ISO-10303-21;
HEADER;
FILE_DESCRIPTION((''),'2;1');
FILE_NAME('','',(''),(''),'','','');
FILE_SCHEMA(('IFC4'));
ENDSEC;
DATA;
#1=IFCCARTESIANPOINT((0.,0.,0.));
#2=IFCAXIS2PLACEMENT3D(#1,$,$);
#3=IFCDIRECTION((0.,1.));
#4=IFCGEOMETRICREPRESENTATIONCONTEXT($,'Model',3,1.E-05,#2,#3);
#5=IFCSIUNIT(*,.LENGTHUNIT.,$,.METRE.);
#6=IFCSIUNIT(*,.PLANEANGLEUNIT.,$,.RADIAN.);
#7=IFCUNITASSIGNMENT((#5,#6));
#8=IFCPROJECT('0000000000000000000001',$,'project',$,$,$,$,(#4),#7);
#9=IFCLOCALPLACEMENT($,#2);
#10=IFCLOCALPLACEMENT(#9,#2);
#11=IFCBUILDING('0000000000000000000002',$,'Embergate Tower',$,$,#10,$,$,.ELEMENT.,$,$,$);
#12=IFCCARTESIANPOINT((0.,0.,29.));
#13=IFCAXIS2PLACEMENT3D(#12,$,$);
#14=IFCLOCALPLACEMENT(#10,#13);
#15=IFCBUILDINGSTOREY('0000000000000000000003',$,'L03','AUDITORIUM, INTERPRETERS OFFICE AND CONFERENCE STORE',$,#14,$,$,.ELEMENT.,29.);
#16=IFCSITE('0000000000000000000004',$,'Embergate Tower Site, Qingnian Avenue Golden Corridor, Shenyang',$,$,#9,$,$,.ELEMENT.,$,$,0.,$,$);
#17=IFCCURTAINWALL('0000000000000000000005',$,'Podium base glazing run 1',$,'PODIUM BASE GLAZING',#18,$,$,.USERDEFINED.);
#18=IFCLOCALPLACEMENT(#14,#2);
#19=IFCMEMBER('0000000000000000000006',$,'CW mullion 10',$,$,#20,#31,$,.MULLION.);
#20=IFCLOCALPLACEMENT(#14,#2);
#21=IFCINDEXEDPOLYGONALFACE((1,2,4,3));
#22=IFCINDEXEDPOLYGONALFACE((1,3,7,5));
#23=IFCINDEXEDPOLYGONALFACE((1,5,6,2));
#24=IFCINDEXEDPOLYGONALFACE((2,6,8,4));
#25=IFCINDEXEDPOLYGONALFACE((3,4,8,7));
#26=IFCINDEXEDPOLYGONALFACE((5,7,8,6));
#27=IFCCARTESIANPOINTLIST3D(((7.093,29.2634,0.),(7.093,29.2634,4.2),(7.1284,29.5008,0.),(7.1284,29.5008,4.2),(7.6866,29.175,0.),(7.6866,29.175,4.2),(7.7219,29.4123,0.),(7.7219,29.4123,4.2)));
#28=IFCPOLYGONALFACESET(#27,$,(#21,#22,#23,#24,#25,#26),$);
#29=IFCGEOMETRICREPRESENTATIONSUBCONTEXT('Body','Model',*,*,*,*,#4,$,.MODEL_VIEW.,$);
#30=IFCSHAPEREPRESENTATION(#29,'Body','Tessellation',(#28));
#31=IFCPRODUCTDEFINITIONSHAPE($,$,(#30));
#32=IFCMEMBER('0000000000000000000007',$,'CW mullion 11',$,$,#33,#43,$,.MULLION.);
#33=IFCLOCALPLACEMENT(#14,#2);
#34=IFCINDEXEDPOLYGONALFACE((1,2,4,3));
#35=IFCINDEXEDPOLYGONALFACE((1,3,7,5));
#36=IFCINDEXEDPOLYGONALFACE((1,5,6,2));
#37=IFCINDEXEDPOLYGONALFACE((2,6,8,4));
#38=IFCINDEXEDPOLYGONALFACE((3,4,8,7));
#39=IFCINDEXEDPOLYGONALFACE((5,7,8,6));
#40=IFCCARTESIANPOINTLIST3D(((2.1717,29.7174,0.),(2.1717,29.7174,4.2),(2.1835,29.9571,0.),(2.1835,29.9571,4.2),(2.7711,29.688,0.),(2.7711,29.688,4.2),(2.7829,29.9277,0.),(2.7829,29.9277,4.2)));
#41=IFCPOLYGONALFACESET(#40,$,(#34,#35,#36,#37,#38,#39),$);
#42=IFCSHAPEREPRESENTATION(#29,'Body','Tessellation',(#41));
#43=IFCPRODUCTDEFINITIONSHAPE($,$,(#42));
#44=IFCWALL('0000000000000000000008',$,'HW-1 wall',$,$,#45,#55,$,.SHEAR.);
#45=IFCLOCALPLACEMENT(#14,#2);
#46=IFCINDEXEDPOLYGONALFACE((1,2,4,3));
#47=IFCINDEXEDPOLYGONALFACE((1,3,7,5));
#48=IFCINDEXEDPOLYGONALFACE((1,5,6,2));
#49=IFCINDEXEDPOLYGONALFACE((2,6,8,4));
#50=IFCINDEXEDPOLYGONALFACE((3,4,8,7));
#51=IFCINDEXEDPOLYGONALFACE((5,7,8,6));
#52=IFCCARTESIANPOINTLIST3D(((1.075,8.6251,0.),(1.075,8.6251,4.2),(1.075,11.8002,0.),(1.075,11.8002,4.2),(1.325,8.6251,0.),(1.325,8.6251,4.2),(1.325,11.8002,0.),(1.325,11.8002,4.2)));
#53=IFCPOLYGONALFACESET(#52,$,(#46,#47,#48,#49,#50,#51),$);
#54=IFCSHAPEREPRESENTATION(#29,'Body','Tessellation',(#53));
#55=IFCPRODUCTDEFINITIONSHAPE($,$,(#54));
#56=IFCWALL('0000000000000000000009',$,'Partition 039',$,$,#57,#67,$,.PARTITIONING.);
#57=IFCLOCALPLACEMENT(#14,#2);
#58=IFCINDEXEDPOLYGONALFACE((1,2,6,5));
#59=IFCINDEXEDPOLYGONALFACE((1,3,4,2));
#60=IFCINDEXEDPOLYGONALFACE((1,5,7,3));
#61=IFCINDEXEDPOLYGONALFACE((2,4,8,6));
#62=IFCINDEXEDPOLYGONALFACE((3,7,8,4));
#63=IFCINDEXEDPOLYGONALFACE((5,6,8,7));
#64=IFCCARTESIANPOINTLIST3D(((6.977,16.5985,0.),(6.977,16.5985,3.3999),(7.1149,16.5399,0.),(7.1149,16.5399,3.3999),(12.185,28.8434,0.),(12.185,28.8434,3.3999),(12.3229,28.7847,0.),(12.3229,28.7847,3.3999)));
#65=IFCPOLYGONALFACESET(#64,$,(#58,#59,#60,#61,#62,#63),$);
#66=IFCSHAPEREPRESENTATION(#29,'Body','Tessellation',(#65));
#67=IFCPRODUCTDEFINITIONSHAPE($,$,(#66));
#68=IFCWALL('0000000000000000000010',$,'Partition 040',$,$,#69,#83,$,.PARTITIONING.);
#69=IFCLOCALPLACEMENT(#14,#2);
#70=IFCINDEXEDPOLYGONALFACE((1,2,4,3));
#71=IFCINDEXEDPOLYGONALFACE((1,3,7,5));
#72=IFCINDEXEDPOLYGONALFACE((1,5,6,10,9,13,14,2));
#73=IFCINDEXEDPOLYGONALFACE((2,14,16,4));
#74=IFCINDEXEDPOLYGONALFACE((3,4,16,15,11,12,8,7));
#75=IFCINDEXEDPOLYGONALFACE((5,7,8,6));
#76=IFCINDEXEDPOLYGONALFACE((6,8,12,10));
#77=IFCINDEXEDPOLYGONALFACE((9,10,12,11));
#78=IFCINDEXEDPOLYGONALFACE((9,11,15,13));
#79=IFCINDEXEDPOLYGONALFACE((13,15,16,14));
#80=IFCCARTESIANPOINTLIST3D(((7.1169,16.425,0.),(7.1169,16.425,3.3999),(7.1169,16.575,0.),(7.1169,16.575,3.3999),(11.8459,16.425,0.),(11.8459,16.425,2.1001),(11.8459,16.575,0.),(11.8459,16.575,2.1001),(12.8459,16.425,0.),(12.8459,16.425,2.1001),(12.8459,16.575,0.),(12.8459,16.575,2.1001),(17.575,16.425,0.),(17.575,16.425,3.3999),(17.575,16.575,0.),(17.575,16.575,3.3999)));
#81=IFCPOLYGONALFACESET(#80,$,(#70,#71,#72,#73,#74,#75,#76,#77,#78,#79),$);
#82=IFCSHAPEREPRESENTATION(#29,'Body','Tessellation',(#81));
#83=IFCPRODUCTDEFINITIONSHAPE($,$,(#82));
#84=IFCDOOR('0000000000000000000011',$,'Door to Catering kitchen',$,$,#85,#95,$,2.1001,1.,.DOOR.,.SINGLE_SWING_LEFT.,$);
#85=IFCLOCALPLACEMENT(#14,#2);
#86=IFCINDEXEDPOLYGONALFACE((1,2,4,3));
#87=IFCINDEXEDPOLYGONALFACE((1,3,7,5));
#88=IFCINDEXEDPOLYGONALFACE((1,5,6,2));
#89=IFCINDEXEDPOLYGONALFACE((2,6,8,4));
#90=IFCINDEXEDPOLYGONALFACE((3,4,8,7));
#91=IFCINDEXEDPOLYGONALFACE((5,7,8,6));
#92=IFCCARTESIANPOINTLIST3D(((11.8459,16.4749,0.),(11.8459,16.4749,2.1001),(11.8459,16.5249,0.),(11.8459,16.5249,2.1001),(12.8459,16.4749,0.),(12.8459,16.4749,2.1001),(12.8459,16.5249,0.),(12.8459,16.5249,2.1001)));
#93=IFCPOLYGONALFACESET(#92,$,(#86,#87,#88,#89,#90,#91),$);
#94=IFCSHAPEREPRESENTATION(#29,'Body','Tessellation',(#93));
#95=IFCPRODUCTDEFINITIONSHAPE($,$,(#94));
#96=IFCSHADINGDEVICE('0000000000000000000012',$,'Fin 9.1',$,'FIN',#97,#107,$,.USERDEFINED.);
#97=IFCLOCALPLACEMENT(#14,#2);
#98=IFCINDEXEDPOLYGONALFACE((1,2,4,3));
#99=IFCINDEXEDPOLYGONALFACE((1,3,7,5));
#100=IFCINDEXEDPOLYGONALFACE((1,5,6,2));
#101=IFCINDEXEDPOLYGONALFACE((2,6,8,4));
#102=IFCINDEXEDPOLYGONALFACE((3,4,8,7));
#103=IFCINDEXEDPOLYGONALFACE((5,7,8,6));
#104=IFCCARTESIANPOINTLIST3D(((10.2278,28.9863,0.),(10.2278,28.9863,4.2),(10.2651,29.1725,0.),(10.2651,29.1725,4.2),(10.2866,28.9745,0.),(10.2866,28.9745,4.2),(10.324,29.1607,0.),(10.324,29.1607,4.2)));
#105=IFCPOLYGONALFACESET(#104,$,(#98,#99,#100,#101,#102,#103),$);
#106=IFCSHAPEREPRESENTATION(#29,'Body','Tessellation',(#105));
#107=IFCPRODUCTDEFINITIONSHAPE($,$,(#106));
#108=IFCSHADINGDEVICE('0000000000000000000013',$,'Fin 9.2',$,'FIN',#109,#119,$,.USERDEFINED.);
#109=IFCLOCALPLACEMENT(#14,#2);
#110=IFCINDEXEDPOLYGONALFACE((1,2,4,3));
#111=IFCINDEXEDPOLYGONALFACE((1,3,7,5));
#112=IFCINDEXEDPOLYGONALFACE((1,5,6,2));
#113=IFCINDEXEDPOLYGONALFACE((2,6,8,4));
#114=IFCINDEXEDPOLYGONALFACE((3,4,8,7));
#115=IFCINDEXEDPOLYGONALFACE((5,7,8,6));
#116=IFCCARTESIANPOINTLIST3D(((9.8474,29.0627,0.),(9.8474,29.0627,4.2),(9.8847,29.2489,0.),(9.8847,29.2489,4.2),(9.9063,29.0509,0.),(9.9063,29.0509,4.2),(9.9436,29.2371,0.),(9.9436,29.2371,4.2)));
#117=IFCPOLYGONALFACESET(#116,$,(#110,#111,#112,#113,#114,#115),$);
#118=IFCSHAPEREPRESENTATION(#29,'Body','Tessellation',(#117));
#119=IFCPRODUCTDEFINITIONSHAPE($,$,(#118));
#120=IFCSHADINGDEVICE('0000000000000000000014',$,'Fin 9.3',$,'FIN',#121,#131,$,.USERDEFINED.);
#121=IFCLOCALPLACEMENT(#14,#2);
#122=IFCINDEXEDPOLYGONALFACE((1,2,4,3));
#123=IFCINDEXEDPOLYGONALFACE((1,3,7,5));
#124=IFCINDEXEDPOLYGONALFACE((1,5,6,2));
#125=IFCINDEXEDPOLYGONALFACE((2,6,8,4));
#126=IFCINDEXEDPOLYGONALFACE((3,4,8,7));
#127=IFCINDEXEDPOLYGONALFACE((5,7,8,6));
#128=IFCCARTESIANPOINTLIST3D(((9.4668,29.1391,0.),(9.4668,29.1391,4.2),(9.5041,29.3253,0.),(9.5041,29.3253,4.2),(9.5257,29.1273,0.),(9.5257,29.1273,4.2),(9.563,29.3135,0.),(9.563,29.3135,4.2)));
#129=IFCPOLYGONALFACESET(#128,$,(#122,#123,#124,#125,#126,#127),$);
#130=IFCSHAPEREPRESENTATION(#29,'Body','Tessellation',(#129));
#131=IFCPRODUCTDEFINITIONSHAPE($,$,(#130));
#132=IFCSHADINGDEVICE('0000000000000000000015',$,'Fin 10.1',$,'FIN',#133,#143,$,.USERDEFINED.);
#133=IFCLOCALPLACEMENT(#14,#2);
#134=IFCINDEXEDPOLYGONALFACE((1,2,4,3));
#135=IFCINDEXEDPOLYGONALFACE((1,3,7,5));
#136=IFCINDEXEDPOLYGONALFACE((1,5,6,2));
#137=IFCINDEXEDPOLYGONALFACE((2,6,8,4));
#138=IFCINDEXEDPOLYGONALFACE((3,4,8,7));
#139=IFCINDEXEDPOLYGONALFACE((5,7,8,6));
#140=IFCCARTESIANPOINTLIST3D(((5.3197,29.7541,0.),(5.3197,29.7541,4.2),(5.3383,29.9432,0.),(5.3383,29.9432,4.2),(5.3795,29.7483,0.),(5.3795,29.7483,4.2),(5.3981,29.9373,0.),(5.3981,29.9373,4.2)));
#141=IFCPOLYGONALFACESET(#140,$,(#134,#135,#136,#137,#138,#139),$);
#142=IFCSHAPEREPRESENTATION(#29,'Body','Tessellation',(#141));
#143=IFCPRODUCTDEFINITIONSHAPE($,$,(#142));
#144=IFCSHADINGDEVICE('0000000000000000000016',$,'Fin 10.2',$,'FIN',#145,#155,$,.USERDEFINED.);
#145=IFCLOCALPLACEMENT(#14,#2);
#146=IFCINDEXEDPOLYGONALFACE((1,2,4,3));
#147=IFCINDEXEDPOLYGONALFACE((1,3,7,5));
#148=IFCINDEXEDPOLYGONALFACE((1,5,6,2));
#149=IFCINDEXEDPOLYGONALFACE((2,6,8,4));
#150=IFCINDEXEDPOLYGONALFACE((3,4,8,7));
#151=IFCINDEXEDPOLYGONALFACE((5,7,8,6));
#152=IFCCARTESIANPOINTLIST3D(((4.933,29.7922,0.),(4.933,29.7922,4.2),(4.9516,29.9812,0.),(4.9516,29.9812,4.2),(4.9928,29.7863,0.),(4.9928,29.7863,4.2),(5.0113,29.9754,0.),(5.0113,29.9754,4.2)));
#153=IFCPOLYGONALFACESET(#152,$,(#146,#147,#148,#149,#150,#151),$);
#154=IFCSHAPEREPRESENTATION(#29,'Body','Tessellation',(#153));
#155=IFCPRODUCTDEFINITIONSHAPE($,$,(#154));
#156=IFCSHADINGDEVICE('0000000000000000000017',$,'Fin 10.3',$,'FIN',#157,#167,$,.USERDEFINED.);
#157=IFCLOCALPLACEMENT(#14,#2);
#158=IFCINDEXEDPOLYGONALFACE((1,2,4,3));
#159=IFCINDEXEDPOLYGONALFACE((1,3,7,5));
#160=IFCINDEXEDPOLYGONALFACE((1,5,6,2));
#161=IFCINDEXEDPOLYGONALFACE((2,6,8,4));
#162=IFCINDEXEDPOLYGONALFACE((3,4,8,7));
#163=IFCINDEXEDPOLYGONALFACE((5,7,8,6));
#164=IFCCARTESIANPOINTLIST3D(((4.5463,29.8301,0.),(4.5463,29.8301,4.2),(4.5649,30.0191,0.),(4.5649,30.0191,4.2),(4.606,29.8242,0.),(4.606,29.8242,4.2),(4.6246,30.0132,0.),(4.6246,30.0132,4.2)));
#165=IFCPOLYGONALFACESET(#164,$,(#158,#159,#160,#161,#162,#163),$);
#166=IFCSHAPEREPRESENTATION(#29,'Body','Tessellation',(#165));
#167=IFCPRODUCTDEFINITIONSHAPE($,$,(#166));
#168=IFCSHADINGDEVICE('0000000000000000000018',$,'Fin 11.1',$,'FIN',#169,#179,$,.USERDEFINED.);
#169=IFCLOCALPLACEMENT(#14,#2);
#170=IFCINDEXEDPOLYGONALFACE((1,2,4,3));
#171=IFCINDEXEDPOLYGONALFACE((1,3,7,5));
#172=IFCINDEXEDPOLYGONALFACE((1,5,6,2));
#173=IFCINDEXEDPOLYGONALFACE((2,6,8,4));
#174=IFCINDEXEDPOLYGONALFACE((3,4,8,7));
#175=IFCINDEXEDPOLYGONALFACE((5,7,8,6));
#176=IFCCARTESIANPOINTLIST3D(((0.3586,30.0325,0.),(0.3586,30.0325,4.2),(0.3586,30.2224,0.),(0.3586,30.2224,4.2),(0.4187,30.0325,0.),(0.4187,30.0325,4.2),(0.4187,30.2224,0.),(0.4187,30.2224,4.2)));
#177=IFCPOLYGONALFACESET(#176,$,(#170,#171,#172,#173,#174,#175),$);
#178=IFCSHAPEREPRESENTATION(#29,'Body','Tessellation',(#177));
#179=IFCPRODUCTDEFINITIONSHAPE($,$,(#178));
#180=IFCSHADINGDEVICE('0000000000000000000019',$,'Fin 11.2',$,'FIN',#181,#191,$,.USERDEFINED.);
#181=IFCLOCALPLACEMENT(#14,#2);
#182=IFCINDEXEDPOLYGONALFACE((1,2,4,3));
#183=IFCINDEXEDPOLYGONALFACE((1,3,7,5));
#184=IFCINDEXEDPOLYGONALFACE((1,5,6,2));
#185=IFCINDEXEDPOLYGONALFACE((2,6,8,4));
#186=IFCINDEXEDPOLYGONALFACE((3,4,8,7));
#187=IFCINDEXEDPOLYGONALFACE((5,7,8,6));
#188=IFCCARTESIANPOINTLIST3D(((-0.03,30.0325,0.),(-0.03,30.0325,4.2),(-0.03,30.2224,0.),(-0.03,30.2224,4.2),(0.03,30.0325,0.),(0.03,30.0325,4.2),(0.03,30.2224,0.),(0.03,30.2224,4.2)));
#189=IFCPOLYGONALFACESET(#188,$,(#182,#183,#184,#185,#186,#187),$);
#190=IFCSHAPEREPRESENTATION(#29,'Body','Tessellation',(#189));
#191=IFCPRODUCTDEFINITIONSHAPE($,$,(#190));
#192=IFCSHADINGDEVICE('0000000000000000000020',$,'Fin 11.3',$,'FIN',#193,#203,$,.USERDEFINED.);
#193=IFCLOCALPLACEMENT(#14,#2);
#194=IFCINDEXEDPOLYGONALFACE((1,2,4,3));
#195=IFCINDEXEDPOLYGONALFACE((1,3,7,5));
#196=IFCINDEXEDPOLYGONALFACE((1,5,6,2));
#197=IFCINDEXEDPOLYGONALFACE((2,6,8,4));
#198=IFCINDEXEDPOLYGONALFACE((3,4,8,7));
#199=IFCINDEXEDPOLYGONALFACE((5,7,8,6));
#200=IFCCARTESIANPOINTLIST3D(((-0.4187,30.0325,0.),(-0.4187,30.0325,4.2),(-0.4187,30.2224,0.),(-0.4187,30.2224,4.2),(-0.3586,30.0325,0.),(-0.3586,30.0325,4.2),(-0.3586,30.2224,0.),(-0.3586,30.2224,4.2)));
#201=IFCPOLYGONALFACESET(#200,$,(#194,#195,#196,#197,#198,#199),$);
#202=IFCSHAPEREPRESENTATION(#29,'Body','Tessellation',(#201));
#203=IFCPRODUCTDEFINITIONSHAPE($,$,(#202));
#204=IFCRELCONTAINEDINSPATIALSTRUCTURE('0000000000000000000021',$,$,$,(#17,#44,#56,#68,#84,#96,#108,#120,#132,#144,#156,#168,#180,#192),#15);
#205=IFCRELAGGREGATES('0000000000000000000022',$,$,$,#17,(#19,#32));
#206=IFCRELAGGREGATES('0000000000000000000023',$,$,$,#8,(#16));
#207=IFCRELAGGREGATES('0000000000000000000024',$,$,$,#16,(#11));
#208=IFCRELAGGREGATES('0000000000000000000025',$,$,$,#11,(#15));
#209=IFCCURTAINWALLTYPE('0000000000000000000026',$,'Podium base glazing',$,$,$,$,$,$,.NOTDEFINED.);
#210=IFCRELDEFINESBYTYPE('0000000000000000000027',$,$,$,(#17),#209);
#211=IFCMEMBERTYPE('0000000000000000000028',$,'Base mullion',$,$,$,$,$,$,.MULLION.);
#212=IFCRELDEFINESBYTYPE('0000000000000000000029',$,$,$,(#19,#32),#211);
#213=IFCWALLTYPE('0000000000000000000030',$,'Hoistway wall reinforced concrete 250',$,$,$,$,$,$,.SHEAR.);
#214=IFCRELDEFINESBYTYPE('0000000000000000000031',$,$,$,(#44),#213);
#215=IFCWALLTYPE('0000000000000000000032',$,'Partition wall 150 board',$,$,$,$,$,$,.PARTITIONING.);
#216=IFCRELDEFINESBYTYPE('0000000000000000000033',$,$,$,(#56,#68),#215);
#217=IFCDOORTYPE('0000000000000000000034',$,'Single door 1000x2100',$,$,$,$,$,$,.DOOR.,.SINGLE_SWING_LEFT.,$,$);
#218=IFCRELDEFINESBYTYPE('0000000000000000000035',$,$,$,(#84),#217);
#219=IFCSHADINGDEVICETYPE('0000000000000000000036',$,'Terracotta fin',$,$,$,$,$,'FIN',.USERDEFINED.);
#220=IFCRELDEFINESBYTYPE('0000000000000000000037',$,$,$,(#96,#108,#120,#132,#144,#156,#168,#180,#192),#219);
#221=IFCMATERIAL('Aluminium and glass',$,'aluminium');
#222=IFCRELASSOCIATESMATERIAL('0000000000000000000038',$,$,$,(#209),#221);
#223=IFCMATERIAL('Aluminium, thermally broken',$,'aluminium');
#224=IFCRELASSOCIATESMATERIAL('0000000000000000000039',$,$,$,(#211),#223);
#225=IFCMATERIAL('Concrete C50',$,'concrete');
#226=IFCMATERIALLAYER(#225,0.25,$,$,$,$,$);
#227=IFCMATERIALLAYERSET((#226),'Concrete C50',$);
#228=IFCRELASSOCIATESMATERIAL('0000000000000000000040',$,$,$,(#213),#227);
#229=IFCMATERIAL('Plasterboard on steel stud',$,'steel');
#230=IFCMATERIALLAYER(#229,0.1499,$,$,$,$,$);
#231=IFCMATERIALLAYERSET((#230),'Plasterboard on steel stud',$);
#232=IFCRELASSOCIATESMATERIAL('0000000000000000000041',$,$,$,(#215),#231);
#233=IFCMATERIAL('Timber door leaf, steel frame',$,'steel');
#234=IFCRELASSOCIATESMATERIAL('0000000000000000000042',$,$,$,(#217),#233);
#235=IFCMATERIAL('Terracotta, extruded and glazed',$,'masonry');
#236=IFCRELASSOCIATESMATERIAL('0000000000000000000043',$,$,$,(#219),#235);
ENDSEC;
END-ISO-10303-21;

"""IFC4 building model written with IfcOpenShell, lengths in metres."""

from ifc_helpers import new_model, si_unit, direction, frame, frame_2d, origin, origin_2d, place, context, subcontext, project, spatial, rectangle, extrude, source, transform, mapped, material, layer, layer_set, material_profile, profile_set, type_object, element, fill, aggregate, save


model = new_model("IFC4")

# Units and contexts
model_context = context("Model", 3, precision=1e-05, world=origin(), true_north=direction((0.0, 1.0)))
body_context = subcontext(model_context, "Body", "Model", "MODEL_VIEW")
ifc_project = project(units=[si_unit("LENGTHUNIT", "METRE"), si_unit("PLANEANGLEUNIT", "RADIAN")], contexts=[model_context])

# Site, building, storey
site_placement = place(None, origin())
site = spatial("IfcSite", under=ifc_project, at=site_placement, Name="Embergate Tower Site, Qingnian Avenue Golden Corridor, Shenyang", CompositionType="ELEMENT", RefElevation=0.0)
building_placement = place(site_placement, origin())
building = spatial("IfcBuilding", under=site, at=building_placement, Name="Embergate Tower", CompositionType="ELEMENT")
storey_placement = place(building_placement, frame((0.0, 0.0, 29.0)))
storey = spatial("IfcBuildingStorey", under=building, at=storey_placement, Name="L03", Description="AUDITORIUM, INTERPRETERS OFFICE AND CONFERENCE STORE", CompositionType="ELEMENT", Elevation=29.0)

# Curtain wall, members
ifc_material_1 = material(Name="Aluminium and glass", Category="aluminium")
curtain_wall_type = type_object("IfcCurtainWallType", Name="Podium base glazing", PredefinedType="NOTDEFINED", material=ifc_material_1)
curtain_wall_placement = place(storey_placement, origin())
curtain_wall = element("IfcCurtainWall", 1, at=curtain_wall_placement, inside=storey, type_object=curtain_wall_type, Name="Podium base glazing run 1", ObjectType="PODIUM BASE GLAZING", PredefinedType="USERDEFINED")
ifc_material_2 = material(Name="Aluminium, thermally broken", Category="aluminium")
ifc_material_profile_1 = material_profile(ifc_material_2, rectangle(XDim=0.24, YDim=0.6001, at=origin_2d()), Name="AL 600x240")
ifc_profile_set_1 = profile_set([ifc_material_profile_1], Name="Aluminium, thermally broken")
member_type = type_object("IfcMemberType", Name="Base mullion", PredefinedType="MULLION", material=ifc_profile_set_1)
shared_shape_1 = source(origin(), body_context, "Body", "SweptSolid", [
    extrude(rectangle(XDim=0.24, YDim=0.6001, at=origin_2d()), origin(), (0.0, 0.0, 1.0), 4.2),
])
member_1_placement = place(storey_placement, frame((7.4075, 29.3379, 0.0), z_axis=(0.0, 0.0, 1.0), x_axis=(-0.147416, -0.989075, 0.0)))
member_1 = element("IfcMember", 2, at=member_1_placement, type_object=member_type, Name="CW mullion 10", PredefinedType="MULLION", context=body_context, shape_type="MappedRepresentation", body=[
    mapped(shared_shape_1, transform((0.0, 0.0, 0.0))),
])
member_2_placement = place(storey_placement, frame((2.4773, 29.8225, 0.0), z_axis=(0.0, 0.0, 1.0), x_axis=(-0.048972, -0.9988, 0.0)))
member_2 = element("IfcMember", 3, at=member_2_placement, type_object=member_type, Name="CW mullion 11", PredefinedType="MULLION", context=body_context, shape_type="MappedRepresentation", body=[
    mapped(shared_shape_1, transform((0.0, 0.0, 0.0))),
])
aggregate(curtain_wall, [member_1, member_2])

# Walls
ifc_material_3 = material(Name="Concrete C50", Category="concrete")
ifc_layer_1 = layer(ifc_material_3, 0.25)
ifc_layer_set_1 = layer_set([ifc_layer_1], Name="Concrete C50")
wall_type_1 = type_object("IfcWallType", Name="Hoistway wall reinforced concrete 250", PredefinedType="SHEAR", material=ifc_layer_set_1)
shared_shape_2 = source(origin(), body_context, "Body", "SweptSolid", [
    extrude(rectangle(XDim=3.175, YDim=0.25, at=frame_2d((1.5874, 0.0))), origin(), (0.0, 0.0, 1.0), 4.2),
])
wall_1_placement = place(storey_placement, frame((1.2, 11.8, 0.0), z_axis=(0.0, 0.0, 1.0), x_axis=(0.0, -1.0, 0.0)))
element("IfcWall", 4, at=wall_1_placement, inside=storey, type_object=wall_type_1, Name="HW-1 wall", PredefinedType="SHEAR", context=body_context, shape_type="MappedRepresentation", body=[
    mapped(shared_shape_2, transform((0.0, 0.0, 0.0))),
])
ifc_material_4 = material(Name="Plasterboard on steel stud", Category="steel")
ifc_layer_2 = layer(ifc_material_4, 0.1499)
ifc_layer_set_2 = layer_set([ifc_layer_2], Name="Plasterboard on steel stud")
wall_type_2 = type_object("IfcWallType", Name="Partition wall 150 board", PredefinedType="PARTITIONING", material=ifc_layer_set_2)
shared_shape_3 = source(origin(), body_context, "Body", "SweptSolid", [
    extrude(rectangle(XDim=13.3064, YDim=0.1499, at=frame_2d((6.6533, 0.0))), origin(), (0.0, 0.0, 1.0), 3.3999),
])
wall_2_placement = place(storey_placement, frame((7.0459, 16.5691, 0.0), z_axis=(0.0, 0.0, 1.0), x_axis=(0.391391, 0.920224, 0.0)))
element("IfcWall", 5, at=wall_2_placement, inside=storey, type_object=wall_type_2, Name="Partition 039", PredefinedType="PARTITIONING", context=body_context, shape_type="MappedRepresentation", body=[
    mapped(shared_shape_3, transform((0.0, 0.0, 0.0))),
])

# Wall, opening, door
shared_shape_4 = source(origin(), body_context, "Body", "SweptSolid", [
    extrude(rectangle(XDim=10.458, YDim=0.1499, at=frame_2d((5.229, 0.0))), origin(), (0.0, 0.0, 1.0), 3.3999),
])
wall_3_placement = place(storey_placement, frame((7.1169, 16.5, 0.0), z_axis=(0.0, 0.0, 1.0), x_axis=(1.0, 0.0, 0.0)))
wall_3 = element("IfcWall", 6, at=wall_3_placement, inside=storey, type_object=wall_type_2, Name="Partition 040", PredefinedType="PARTITIONING", context=body_context, shape_type="MappedRepresentation", body=[
    mapped(shared_shape_4, transform((0.0, 0.0, 0.0))),
])
shared_shape_5 = source(origin(), body_context, "Body", "SweptSolid", [
    extrude(rectangle(XDim=1.0, YDim=2.1001, at=frame_2d((0.5, 1.05))), frame((0.0, 0.085, 0.0), z_axis=(0.0, -1.0, 0.0), x_axis=(1.0, 0.0, 0.0)), (0.0, 0.0, 1.0), 0.1699),
])
opening_placement = place(wall_3_placement, frame((4.729, 0.0, 0.0)))
opening = element("IfcOpeningElement", 7, at=opening_placement, cuts=wall_3, PredefinedType="OPENING", context=body_context, shape_type="MappedRepresentation", body=[
    mapped(shared_shape_5, transform((0.0, 0.0, 0.0))),
])
ifc_material_5 = material(Name="Timber door leaf, steel frame", Category="steel")
door_type = type_object("IfcDoorType", Name="Single door 1000x2100", OperationType="SINGLE_SWING_LEFT", PredefinedType="DOOR", material=ifc_material_5)
shared_shape_6 = source(origin(), body_context, "Body", "SweptSolid", [
    extrude(rectangle(XDim=1.0, YDim=2.1001, at=frame_2d((0.5, 1.05))), frame((0.0, 0.0249, 0.0), z_axis=(0.0, -1.0, 0.0), x_axis=(1.0, 0.0, 0.0)), (0.0, 0.0, 1.0), 0.05),
])
door_placement = place(opening_placement, origin())
door = element("IfcDoor", 8, at=door_placement, inside=storey, type_object=door_type, Name="Door to Catering kitchen", OperationType="SINGLE_SWING_LEFT", OverallHeight=2.1001, OverallWidth=1.0, PredefinedType="DOOR", context=body_context, shape_type="MappedRepresentation", body=[
    mapped(shared_shape_6, transform((0.0, 0.0, 0.0))),
])
fill(opening, door)

# Shading devices
ifc_material_6 = material(Name="Terracotta, extruded and glazed", Category="masonry")
ifc_material_profile_2 = material_profile(ifc_material_6, rectangle(XDim=0.1899, YDim=0.0601, at=origin_2d()), Name="TC 190x60")
ifc_profile_set_2 = profile_set([ifc_material_profile_2], Name="Terracotta, extruded and glazed")
shading_device_type = type_object("IfcShadingDeviceType", Name="Terracotta fin", ElementType="FIN", PredefinedType="USERDEFINED", material=ifc_profile_set_2)
shared_shape_7 = source(origin(), body_context, "Body", "SweptSolid", [
    extrude(rectangle(XDim=0.1899, YDim=0.0601, at=origin_2d()), origin(), (0.0, 0.0, 1.0), 4.2),
])
for number, where, z_axis, x_axis, name in (
    (9, (10.2759, 29.0735, 0.0), (0.0, 0.0, 1.0), (-0.196644, -0.980475, 0.0), "Fin 9.1"),
    (10, (9.8955, 29.1499, 0.0), (0.0, 0.0, 1.0), (-0.196644, -0.980475, 0.0), "Fin 9.2"),
    (11, (9.5149, 29.2263, 0.0), (0.0, 0.0, 1.0), (-0.196644, -0.980475, 0.0), "Fin 9.3"),
    (12, (5.3589, 29.8457, 0.0), (0.0, 0.0, 1.0), (-0.097831, -0.995203, 0.0), "Fin 10.1"),
    (13, (4.9722, 29.8838, 0.0), (0.0, 0.0, 1.0), (-0.097831, -0.995203, 0.0), "Fin 10.2"),
    (14, (4.5854, 29.9216, 0.0), (0.0, 0.0, 1.0), (-0.097831, -0.995203, 0.0), "Fin 10.3"),
    (15, (0.3887, 30.1274, 0.0), (0.0, 0.0, 1.0), (0.0, -1.0, 0.0), "Fin 11.1"),
    (16, (0.0, 30.1274, 0.0), (0.0, 0.0, 1.0), (0.0, -1.0, 0.0), "Fin 11.2"),
    (17, (-0.3887, 30.1274, 0.0), (0.0, 0.0, 1.0), (0.0, -1.0, 0.0), "Fin 11.3"),
):
    element("IfcShadingDevice", number, at=place(storey_placement, frame(where, z_axis=z_axis, x_axis=x_axis)), inside=storey, type_object=shading_device_type, Name=name, ObjectType="FIN", PredefinedType="USERDEFINED", context=body_context, shape_type="MappedRepresentation", body=[
        mapped(shared_shape_7, transform((0.0, 0.0, 0.0))),
    ])

save(model, "model.ifc")
